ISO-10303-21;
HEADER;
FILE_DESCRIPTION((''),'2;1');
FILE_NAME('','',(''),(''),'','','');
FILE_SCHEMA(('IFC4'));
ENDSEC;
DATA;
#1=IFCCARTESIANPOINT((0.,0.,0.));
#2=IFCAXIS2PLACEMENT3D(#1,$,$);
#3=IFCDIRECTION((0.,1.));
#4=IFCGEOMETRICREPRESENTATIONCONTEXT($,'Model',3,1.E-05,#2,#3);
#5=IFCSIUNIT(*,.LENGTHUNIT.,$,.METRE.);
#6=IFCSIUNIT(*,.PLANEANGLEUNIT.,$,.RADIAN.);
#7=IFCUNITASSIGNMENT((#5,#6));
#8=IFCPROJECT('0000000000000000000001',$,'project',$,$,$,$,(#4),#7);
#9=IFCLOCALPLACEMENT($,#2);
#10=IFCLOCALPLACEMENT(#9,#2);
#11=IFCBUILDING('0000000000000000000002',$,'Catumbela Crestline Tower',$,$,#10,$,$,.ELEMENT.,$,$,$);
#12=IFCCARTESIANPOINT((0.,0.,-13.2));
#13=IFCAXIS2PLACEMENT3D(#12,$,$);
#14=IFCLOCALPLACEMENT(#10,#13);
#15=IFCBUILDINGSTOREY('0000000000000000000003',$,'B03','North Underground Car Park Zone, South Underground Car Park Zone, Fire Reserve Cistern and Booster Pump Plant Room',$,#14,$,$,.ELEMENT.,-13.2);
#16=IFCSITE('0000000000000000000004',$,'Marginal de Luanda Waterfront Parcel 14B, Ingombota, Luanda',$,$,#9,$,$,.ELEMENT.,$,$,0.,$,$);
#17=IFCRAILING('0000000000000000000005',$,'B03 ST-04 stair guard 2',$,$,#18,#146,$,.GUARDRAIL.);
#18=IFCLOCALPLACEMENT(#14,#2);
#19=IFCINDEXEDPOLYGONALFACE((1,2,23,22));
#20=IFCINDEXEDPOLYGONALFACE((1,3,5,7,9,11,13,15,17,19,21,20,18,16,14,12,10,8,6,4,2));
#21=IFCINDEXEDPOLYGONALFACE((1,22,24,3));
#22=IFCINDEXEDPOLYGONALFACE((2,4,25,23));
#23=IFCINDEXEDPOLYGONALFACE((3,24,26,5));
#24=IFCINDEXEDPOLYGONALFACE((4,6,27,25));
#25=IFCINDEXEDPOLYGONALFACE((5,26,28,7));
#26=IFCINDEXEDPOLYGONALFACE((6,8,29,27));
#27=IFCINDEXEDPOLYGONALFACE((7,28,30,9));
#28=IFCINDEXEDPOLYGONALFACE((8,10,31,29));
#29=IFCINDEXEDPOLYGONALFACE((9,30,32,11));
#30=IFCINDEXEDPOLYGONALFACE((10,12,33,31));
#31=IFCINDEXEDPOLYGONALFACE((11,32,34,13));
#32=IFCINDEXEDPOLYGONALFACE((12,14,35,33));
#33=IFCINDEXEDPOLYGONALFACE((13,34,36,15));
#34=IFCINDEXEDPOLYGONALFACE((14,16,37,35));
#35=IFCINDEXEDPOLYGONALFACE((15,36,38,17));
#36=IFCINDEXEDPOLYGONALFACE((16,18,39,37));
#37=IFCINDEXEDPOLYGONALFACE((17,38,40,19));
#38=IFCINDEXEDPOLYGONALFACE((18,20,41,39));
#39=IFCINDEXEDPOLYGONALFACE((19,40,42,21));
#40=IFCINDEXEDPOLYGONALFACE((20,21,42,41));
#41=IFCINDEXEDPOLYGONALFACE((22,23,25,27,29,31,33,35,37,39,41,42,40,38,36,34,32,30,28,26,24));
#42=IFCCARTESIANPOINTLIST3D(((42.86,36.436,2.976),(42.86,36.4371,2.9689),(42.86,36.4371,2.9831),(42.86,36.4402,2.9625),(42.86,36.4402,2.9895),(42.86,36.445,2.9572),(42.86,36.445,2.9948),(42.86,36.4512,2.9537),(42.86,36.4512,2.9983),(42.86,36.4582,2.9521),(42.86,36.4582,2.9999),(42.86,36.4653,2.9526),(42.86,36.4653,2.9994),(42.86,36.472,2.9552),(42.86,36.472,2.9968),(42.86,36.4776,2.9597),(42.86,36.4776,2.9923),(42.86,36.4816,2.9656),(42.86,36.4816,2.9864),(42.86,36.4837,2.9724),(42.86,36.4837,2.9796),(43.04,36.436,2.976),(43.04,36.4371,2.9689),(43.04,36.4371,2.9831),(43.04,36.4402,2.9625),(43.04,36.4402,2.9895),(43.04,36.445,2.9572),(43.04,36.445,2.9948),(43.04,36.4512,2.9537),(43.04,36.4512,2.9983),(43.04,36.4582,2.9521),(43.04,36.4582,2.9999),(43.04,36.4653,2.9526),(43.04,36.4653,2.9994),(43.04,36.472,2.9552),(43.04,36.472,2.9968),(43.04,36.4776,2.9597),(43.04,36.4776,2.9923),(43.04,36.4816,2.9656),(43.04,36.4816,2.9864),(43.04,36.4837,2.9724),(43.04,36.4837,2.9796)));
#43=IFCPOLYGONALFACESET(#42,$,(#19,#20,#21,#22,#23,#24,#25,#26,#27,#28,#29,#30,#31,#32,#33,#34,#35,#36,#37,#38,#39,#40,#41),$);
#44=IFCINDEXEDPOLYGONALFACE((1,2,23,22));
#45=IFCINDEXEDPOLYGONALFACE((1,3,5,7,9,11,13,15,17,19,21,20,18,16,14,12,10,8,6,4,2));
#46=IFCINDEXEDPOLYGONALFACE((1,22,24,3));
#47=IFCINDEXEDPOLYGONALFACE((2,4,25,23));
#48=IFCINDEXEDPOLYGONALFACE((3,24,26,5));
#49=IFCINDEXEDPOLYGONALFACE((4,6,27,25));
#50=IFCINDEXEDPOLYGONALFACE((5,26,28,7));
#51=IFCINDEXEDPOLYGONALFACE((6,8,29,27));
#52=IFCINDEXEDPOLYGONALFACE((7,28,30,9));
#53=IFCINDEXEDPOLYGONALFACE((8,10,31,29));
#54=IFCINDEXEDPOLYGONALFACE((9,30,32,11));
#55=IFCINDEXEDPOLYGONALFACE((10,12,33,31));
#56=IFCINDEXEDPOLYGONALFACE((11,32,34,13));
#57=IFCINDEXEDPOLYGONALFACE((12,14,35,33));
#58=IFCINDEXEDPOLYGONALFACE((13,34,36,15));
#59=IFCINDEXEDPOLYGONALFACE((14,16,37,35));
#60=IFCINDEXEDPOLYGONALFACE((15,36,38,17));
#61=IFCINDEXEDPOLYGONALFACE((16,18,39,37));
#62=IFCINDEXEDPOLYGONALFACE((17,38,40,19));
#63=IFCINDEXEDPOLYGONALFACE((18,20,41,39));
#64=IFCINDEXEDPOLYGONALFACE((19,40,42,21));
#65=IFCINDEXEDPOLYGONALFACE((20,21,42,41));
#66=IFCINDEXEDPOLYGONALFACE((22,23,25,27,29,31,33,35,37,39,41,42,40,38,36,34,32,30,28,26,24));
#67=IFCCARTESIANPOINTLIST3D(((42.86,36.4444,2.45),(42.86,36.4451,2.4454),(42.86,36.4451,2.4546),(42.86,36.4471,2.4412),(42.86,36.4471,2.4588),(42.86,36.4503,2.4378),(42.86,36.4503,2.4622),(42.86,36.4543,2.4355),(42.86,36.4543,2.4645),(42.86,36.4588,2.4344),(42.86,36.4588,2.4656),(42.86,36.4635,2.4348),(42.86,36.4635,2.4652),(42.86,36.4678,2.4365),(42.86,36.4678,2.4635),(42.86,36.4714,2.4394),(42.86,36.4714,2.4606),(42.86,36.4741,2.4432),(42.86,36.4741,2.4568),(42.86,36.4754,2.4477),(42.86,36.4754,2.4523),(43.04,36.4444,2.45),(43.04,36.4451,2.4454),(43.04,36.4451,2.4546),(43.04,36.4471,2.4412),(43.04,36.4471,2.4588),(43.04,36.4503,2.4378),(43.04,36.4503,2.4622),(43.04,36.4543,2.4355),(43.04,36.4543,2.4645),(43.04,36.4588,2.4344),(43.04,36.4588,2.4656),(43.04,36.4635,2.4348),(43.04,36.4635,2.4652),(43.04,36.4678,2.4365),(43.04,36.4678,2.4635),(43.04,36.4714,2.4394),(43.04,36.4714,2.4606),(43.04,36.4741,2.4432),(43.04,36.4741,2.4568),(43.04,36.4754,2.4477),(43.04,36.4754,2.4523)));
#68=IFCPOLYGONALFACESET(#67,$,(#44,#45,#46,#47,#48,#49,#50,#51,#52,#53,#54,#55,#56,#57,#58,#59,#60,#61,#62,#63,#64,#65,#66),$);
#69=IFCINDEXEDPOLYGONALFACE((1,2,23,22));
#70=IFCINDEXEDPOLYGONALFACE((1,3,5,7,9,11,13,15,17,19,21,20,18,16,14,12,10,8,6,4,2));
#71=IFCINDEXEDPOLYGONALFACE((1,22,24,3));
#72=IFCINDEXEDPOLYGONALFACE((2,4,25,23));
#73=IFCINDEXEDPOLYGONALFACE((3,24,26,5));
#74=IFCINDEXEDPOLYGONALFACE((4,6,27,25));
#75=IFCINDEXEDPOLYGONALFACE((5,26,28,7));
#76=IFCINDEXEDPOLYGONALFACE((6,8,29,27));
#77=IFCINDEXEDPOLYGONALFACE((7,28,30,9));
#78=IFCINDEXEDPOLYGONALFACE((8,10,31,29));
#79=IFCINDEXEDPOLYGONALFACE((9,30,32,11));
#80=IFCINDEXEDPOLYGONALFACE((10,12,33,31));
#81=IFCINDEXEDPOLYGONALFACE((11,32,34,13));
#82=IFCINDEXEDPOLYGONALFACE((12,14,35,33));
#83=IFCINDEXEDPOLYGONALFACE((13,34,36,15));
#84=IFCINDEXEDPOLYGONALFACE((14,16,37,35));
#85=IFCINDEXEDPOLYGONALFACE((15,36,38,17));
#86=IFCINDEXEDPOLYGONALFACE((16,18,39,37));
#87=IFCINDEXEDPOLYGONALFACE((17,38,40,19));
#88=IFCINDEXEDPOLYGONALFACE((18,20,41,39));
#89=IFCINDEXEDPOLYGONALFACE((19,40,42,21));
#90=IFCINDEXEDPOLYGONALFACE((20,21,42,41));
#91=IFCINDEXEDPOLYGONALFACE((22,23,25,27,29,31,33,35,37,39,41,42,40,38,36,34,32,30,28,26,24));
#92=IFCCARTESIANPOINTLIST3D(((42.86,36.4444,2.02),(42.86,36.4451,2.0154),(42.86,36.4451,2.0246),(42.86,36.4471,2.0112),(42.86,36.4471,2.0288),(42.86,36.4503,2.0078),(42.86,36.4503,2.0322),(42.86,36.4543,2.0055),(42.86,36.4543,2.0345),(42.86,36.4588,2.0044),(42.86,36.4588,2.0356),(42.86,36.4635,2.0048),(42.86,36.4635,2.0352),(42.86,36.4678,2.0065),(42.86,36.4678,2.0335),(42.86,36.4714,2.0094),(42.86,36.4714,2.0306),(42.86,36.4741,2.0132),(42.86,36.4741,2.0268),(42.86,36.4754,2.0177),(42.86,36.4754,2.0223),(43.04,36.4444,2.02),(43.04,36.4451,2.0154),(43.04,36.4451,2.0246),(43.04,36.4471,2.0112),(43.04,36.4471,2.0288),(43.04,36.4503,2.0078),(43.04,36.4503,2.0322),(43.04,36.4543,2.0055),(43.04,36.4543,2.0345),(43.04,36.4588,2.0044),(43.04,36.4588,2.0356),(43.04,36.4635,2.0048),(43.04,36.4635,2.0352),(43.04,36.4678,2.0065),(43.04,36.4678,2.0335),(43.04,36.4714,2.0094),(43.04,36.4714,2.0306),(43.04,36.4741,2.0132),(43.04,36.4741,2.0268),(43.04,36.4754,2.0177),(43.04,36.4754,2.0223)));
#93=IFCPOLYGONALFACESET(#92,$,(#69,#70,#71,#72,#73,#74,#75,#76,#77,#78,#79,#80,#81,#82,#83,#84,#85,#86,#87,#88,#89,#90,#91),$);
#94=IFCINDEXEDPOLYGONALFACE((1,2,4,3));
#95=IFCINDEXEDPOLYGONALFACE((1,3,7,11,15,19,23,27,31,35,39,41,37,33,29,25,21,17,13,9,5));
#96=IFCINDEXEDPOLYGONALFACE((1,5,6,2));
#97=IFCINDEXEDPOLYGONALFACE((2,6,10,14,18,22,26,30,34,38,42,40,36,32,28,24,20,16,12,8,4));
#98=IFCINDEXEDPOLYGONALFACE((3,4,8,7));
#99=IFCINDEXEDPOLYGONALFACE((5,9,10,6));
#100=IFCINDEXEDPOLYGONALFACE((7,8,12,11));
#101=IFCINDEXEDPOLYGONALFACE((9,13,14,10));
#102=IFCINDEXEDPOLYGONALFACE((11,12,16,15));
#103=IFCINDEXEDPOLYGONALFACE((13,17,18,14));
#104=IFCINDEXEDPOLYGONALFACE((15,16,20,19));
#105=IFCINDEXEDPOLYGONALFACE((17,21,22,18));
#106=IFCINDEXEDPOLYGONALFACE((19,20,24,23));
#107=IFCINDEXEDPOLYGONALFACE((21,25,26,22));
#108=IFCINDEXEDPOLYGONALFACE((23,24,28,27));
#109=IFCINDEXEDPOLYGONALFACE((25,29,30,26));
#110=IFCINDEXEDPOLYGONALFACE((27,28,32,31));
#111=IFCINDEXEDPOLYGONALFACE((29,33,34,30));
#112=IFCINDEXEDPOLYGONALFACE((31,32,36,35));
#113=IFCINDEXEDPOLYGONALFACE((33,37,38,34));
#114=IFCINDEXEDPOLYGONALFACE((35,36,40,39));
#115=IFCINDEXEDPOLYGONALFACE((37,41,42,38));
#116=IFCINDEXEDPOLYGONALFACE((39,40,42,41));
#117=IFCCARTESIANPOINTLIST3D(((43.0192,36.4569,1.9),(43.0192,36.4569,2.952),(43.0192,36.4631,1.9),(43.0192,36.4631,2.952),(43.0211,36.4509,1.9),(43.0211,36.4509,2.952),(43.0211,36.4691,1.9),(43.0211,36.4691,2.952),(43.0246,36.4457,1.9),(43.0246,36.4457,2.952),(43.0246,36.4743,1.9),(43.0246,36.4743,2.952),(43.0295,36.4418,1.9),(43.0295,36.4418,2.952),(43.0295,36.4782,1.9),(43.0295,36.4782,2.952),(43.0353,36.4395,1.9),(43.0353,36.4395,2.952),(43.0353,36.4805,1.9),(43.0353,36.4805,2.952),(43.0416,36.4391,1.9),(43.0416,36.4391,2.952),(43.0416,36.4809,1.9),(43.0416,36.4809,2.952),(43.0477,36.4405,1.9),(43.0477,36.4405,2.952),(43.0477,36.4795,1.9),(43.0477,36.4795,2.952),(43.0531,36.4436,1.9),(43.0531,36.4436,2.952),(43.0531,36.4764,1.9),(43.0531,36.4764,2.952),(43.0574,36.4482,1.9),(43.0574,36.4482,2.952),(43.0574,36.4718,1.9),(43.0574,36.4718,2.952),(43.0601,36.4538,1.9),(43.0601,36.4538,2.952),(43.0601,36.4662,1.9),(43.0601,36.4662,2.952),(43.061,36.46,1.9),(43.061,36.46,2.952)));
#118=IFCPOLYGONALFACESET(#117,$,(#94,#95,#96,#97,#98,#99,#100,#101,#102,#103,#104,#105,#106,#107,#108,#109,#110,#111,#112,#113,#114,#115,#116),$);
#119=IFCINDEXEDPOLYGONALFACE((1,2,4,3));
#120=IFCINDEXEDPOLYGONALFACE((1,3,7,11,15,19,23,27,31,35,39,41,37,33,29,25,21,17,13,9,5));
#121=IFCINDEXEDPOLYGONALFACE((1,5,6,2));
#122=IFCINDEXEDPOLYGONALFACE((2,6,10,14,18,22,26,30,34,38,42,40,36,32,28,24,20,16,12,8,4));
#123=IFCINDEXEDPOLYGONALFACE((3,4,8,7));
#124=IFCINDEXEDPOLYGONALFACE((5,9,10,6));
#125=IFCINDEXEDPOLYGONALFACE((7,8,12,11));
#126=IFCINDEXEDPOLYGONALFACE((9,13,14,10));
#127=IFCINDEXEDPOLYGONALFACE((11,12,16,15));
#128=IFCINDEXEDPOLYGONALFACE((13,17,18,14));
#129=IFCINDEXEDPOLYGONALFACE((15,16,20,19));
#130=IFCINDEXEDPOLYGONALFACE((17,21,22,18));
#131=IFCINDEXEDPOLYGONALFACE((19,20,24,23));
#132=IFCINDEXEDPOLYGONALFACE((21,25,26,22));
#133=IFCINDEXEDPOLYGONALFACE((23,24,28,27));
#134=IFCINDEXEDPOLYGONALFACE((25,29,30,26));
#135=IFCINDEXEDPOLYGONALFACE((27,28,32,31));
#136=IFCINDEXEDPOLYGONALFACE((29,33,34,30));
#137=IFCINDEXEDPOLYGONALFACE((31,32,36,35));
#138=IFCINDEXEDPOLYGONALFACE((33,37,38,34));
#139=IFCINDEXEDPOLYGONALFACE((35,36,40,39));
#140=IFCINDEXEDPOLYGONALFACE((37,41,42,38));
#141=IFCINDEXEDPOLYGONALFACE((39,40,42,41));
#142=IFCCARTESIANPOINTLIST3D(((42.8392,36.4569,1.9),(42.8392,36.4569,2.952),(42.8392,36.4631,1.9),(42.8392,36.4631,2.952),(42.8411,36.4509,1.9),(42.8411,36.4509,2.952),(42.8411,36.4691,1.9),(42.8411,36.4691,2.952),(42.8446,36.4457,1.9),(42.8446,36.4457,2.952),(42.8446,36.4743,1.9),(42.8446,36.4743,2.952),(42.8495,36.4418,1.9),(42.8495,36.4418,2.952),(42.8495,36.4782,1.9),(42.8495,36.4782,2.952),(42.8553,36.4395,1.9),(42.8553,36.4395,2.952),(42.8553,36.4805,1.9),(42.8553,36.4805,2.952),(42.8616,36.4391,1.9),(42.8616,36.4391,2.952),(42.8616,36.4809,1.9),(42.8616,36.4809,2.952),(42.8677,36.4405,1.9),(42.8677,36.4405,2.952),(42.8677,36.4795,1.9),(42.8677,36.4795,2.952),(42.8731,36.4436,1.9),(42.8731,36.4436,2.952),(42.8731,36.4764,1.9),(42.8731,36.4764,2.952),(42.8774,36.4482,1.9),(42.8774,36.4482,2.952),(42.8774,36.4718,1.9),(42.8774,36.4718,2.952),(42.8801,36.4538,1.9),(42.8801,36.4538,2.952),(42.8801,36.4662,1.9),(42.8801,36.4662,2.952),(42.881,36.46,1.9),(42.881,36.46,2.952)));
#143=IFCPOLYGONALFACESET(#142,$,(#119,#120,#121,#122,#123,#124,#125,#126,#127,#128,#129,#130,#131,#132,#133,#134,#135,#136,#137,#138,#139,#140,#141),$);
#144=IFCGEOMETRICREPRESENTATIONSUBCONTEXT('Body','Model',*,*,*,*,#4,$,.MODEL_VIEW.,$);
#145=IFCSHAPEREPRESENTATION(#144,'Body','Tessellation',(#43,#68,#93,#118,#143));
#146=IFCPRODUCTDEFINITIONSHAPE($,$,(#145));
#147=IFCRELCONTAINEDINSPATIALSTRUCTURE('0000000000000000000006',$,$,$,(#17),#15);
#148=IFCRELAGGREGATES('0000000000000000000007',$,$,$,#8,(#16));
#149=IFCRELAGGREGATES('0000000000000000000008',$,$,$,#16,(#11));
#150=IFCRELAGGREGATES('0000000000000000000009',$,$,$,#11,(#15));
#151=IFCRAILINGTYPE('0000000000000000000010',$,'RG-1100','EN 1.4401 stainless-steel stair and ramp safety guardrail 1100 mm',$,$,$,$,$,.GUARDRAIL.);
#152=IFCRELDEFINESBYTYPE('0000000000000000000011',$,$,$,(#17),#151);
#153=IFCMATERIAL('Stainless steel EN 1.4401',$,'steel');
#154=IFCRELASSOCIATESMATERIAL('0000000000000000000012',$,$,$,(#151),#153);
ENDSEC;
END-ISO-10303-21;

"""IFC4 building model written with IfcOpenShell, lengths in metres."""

from ifc_helpers import new_model, si_unit, direction, frame, origin, origin_2d, place, context, subcontext, project, spatial, circle, extrude, material, type_object, element, save


model = new_model("IFC4")

# Units and contexts
model_context = context("Model", 3, precision=1e-05, world=origin(), true_north=direction((0.0, 1.0)))
body_context = subcontext(model_context, "Body", "Model", "MODEL_VIEW")
ifc_project = project(units=[si_unit("LENGTHUNIT", "METRE"), si_unit("PLANEANGLEUNIT", "RADIAN")], contexts=[model_context])

# Site, building, storey
site_placement = place(None, origin())
site = spatial("IfcSite", under=ifc_project, at=site_placement, Name="Marginal de Luanda Waterfront Parcel 14B, Ingombota, Luanda", CompositionType="ELEMENT", RefElevation=0.0)
building_placement = place(site_placement, origin())
building = spatial("IfcBuilding", under=site, at=building_placement, Name="Catumbela Crestline Tower", CompositionType="ELEMENT")
storey_placement = place(building_placement, frame((0.0, 0.0, -13.2)))
storey = spatial("IfcBuildingStorey", under=building, at=storey_placement, Name="B03", Description="North Underground Car Park Zone, South Underground Car Park Zone, Fire Reserve Cistern and Booster Pump Plant Room", CompositionType="ELEMENT", Elevation=-13.2)

# Shared definitions
ifc_material_1 = material(Name="Stainless steel EN 1.4401", Category="steel")

# Railing
railing_type_1 = type_object("IfcRailingType", Name="RG-1100", Description="EN 1.4401 stainless-steel stair and ramp safety guardrail 1100 mm", PredefinedType="GUARDRAIL", material=ifc_material_1)
railing_1_placement = place(storey_placement, frame((43.04, 36.46, 1.9)))
element("IfcRailing", 1, at=railing_1_placement, inside=storey, type_object=railing_type_1, Name="B03 ST-04 stair guard 2", PredefinedType="GUARDRAIL", context=body_context, shape_type="SweptSolid", body=[
    extrude(circle(Radius=0.024, at=origin_2d()), frame((0.0, 0.0, 1.076), z_axis=(-1.0, 0.0, 0.0), x_axis=(0.0, -1.0, 0.0)), (0.0, 0.0, 1.0), 0.18),
    extrude(circle(Radius=0.0156, at=origin_2d()), frame((0.0, 0.0, 0.55), z_axis=(-1.0, 0.0, 0.0), x_axis=(0.0, -1.0, 0.0)), (0.0, 0.0, 1.0), 0.18),
    extrude(circle(Radius=0.0156, at=origin_2d()), frame((0.0, 0.0, 0.12), z_axis=(-1.0, 0.0, 0.0), x_axis=(0.0, -1.0, 0.0)), (0.0, 0.0, 1.0), 0.18),
    extrude(circle(Radius=0.021, at=origin_2d()), origin(), (0.0, 0.0, 1.0), 1.052),
    extrude(circle(Radius=0.021, at=origin_2d()), frame((-0.18, 0.0, 0.0)), (0.0, 0.0, 1.0), 1.052),
])

save(model, "model.ifc")
